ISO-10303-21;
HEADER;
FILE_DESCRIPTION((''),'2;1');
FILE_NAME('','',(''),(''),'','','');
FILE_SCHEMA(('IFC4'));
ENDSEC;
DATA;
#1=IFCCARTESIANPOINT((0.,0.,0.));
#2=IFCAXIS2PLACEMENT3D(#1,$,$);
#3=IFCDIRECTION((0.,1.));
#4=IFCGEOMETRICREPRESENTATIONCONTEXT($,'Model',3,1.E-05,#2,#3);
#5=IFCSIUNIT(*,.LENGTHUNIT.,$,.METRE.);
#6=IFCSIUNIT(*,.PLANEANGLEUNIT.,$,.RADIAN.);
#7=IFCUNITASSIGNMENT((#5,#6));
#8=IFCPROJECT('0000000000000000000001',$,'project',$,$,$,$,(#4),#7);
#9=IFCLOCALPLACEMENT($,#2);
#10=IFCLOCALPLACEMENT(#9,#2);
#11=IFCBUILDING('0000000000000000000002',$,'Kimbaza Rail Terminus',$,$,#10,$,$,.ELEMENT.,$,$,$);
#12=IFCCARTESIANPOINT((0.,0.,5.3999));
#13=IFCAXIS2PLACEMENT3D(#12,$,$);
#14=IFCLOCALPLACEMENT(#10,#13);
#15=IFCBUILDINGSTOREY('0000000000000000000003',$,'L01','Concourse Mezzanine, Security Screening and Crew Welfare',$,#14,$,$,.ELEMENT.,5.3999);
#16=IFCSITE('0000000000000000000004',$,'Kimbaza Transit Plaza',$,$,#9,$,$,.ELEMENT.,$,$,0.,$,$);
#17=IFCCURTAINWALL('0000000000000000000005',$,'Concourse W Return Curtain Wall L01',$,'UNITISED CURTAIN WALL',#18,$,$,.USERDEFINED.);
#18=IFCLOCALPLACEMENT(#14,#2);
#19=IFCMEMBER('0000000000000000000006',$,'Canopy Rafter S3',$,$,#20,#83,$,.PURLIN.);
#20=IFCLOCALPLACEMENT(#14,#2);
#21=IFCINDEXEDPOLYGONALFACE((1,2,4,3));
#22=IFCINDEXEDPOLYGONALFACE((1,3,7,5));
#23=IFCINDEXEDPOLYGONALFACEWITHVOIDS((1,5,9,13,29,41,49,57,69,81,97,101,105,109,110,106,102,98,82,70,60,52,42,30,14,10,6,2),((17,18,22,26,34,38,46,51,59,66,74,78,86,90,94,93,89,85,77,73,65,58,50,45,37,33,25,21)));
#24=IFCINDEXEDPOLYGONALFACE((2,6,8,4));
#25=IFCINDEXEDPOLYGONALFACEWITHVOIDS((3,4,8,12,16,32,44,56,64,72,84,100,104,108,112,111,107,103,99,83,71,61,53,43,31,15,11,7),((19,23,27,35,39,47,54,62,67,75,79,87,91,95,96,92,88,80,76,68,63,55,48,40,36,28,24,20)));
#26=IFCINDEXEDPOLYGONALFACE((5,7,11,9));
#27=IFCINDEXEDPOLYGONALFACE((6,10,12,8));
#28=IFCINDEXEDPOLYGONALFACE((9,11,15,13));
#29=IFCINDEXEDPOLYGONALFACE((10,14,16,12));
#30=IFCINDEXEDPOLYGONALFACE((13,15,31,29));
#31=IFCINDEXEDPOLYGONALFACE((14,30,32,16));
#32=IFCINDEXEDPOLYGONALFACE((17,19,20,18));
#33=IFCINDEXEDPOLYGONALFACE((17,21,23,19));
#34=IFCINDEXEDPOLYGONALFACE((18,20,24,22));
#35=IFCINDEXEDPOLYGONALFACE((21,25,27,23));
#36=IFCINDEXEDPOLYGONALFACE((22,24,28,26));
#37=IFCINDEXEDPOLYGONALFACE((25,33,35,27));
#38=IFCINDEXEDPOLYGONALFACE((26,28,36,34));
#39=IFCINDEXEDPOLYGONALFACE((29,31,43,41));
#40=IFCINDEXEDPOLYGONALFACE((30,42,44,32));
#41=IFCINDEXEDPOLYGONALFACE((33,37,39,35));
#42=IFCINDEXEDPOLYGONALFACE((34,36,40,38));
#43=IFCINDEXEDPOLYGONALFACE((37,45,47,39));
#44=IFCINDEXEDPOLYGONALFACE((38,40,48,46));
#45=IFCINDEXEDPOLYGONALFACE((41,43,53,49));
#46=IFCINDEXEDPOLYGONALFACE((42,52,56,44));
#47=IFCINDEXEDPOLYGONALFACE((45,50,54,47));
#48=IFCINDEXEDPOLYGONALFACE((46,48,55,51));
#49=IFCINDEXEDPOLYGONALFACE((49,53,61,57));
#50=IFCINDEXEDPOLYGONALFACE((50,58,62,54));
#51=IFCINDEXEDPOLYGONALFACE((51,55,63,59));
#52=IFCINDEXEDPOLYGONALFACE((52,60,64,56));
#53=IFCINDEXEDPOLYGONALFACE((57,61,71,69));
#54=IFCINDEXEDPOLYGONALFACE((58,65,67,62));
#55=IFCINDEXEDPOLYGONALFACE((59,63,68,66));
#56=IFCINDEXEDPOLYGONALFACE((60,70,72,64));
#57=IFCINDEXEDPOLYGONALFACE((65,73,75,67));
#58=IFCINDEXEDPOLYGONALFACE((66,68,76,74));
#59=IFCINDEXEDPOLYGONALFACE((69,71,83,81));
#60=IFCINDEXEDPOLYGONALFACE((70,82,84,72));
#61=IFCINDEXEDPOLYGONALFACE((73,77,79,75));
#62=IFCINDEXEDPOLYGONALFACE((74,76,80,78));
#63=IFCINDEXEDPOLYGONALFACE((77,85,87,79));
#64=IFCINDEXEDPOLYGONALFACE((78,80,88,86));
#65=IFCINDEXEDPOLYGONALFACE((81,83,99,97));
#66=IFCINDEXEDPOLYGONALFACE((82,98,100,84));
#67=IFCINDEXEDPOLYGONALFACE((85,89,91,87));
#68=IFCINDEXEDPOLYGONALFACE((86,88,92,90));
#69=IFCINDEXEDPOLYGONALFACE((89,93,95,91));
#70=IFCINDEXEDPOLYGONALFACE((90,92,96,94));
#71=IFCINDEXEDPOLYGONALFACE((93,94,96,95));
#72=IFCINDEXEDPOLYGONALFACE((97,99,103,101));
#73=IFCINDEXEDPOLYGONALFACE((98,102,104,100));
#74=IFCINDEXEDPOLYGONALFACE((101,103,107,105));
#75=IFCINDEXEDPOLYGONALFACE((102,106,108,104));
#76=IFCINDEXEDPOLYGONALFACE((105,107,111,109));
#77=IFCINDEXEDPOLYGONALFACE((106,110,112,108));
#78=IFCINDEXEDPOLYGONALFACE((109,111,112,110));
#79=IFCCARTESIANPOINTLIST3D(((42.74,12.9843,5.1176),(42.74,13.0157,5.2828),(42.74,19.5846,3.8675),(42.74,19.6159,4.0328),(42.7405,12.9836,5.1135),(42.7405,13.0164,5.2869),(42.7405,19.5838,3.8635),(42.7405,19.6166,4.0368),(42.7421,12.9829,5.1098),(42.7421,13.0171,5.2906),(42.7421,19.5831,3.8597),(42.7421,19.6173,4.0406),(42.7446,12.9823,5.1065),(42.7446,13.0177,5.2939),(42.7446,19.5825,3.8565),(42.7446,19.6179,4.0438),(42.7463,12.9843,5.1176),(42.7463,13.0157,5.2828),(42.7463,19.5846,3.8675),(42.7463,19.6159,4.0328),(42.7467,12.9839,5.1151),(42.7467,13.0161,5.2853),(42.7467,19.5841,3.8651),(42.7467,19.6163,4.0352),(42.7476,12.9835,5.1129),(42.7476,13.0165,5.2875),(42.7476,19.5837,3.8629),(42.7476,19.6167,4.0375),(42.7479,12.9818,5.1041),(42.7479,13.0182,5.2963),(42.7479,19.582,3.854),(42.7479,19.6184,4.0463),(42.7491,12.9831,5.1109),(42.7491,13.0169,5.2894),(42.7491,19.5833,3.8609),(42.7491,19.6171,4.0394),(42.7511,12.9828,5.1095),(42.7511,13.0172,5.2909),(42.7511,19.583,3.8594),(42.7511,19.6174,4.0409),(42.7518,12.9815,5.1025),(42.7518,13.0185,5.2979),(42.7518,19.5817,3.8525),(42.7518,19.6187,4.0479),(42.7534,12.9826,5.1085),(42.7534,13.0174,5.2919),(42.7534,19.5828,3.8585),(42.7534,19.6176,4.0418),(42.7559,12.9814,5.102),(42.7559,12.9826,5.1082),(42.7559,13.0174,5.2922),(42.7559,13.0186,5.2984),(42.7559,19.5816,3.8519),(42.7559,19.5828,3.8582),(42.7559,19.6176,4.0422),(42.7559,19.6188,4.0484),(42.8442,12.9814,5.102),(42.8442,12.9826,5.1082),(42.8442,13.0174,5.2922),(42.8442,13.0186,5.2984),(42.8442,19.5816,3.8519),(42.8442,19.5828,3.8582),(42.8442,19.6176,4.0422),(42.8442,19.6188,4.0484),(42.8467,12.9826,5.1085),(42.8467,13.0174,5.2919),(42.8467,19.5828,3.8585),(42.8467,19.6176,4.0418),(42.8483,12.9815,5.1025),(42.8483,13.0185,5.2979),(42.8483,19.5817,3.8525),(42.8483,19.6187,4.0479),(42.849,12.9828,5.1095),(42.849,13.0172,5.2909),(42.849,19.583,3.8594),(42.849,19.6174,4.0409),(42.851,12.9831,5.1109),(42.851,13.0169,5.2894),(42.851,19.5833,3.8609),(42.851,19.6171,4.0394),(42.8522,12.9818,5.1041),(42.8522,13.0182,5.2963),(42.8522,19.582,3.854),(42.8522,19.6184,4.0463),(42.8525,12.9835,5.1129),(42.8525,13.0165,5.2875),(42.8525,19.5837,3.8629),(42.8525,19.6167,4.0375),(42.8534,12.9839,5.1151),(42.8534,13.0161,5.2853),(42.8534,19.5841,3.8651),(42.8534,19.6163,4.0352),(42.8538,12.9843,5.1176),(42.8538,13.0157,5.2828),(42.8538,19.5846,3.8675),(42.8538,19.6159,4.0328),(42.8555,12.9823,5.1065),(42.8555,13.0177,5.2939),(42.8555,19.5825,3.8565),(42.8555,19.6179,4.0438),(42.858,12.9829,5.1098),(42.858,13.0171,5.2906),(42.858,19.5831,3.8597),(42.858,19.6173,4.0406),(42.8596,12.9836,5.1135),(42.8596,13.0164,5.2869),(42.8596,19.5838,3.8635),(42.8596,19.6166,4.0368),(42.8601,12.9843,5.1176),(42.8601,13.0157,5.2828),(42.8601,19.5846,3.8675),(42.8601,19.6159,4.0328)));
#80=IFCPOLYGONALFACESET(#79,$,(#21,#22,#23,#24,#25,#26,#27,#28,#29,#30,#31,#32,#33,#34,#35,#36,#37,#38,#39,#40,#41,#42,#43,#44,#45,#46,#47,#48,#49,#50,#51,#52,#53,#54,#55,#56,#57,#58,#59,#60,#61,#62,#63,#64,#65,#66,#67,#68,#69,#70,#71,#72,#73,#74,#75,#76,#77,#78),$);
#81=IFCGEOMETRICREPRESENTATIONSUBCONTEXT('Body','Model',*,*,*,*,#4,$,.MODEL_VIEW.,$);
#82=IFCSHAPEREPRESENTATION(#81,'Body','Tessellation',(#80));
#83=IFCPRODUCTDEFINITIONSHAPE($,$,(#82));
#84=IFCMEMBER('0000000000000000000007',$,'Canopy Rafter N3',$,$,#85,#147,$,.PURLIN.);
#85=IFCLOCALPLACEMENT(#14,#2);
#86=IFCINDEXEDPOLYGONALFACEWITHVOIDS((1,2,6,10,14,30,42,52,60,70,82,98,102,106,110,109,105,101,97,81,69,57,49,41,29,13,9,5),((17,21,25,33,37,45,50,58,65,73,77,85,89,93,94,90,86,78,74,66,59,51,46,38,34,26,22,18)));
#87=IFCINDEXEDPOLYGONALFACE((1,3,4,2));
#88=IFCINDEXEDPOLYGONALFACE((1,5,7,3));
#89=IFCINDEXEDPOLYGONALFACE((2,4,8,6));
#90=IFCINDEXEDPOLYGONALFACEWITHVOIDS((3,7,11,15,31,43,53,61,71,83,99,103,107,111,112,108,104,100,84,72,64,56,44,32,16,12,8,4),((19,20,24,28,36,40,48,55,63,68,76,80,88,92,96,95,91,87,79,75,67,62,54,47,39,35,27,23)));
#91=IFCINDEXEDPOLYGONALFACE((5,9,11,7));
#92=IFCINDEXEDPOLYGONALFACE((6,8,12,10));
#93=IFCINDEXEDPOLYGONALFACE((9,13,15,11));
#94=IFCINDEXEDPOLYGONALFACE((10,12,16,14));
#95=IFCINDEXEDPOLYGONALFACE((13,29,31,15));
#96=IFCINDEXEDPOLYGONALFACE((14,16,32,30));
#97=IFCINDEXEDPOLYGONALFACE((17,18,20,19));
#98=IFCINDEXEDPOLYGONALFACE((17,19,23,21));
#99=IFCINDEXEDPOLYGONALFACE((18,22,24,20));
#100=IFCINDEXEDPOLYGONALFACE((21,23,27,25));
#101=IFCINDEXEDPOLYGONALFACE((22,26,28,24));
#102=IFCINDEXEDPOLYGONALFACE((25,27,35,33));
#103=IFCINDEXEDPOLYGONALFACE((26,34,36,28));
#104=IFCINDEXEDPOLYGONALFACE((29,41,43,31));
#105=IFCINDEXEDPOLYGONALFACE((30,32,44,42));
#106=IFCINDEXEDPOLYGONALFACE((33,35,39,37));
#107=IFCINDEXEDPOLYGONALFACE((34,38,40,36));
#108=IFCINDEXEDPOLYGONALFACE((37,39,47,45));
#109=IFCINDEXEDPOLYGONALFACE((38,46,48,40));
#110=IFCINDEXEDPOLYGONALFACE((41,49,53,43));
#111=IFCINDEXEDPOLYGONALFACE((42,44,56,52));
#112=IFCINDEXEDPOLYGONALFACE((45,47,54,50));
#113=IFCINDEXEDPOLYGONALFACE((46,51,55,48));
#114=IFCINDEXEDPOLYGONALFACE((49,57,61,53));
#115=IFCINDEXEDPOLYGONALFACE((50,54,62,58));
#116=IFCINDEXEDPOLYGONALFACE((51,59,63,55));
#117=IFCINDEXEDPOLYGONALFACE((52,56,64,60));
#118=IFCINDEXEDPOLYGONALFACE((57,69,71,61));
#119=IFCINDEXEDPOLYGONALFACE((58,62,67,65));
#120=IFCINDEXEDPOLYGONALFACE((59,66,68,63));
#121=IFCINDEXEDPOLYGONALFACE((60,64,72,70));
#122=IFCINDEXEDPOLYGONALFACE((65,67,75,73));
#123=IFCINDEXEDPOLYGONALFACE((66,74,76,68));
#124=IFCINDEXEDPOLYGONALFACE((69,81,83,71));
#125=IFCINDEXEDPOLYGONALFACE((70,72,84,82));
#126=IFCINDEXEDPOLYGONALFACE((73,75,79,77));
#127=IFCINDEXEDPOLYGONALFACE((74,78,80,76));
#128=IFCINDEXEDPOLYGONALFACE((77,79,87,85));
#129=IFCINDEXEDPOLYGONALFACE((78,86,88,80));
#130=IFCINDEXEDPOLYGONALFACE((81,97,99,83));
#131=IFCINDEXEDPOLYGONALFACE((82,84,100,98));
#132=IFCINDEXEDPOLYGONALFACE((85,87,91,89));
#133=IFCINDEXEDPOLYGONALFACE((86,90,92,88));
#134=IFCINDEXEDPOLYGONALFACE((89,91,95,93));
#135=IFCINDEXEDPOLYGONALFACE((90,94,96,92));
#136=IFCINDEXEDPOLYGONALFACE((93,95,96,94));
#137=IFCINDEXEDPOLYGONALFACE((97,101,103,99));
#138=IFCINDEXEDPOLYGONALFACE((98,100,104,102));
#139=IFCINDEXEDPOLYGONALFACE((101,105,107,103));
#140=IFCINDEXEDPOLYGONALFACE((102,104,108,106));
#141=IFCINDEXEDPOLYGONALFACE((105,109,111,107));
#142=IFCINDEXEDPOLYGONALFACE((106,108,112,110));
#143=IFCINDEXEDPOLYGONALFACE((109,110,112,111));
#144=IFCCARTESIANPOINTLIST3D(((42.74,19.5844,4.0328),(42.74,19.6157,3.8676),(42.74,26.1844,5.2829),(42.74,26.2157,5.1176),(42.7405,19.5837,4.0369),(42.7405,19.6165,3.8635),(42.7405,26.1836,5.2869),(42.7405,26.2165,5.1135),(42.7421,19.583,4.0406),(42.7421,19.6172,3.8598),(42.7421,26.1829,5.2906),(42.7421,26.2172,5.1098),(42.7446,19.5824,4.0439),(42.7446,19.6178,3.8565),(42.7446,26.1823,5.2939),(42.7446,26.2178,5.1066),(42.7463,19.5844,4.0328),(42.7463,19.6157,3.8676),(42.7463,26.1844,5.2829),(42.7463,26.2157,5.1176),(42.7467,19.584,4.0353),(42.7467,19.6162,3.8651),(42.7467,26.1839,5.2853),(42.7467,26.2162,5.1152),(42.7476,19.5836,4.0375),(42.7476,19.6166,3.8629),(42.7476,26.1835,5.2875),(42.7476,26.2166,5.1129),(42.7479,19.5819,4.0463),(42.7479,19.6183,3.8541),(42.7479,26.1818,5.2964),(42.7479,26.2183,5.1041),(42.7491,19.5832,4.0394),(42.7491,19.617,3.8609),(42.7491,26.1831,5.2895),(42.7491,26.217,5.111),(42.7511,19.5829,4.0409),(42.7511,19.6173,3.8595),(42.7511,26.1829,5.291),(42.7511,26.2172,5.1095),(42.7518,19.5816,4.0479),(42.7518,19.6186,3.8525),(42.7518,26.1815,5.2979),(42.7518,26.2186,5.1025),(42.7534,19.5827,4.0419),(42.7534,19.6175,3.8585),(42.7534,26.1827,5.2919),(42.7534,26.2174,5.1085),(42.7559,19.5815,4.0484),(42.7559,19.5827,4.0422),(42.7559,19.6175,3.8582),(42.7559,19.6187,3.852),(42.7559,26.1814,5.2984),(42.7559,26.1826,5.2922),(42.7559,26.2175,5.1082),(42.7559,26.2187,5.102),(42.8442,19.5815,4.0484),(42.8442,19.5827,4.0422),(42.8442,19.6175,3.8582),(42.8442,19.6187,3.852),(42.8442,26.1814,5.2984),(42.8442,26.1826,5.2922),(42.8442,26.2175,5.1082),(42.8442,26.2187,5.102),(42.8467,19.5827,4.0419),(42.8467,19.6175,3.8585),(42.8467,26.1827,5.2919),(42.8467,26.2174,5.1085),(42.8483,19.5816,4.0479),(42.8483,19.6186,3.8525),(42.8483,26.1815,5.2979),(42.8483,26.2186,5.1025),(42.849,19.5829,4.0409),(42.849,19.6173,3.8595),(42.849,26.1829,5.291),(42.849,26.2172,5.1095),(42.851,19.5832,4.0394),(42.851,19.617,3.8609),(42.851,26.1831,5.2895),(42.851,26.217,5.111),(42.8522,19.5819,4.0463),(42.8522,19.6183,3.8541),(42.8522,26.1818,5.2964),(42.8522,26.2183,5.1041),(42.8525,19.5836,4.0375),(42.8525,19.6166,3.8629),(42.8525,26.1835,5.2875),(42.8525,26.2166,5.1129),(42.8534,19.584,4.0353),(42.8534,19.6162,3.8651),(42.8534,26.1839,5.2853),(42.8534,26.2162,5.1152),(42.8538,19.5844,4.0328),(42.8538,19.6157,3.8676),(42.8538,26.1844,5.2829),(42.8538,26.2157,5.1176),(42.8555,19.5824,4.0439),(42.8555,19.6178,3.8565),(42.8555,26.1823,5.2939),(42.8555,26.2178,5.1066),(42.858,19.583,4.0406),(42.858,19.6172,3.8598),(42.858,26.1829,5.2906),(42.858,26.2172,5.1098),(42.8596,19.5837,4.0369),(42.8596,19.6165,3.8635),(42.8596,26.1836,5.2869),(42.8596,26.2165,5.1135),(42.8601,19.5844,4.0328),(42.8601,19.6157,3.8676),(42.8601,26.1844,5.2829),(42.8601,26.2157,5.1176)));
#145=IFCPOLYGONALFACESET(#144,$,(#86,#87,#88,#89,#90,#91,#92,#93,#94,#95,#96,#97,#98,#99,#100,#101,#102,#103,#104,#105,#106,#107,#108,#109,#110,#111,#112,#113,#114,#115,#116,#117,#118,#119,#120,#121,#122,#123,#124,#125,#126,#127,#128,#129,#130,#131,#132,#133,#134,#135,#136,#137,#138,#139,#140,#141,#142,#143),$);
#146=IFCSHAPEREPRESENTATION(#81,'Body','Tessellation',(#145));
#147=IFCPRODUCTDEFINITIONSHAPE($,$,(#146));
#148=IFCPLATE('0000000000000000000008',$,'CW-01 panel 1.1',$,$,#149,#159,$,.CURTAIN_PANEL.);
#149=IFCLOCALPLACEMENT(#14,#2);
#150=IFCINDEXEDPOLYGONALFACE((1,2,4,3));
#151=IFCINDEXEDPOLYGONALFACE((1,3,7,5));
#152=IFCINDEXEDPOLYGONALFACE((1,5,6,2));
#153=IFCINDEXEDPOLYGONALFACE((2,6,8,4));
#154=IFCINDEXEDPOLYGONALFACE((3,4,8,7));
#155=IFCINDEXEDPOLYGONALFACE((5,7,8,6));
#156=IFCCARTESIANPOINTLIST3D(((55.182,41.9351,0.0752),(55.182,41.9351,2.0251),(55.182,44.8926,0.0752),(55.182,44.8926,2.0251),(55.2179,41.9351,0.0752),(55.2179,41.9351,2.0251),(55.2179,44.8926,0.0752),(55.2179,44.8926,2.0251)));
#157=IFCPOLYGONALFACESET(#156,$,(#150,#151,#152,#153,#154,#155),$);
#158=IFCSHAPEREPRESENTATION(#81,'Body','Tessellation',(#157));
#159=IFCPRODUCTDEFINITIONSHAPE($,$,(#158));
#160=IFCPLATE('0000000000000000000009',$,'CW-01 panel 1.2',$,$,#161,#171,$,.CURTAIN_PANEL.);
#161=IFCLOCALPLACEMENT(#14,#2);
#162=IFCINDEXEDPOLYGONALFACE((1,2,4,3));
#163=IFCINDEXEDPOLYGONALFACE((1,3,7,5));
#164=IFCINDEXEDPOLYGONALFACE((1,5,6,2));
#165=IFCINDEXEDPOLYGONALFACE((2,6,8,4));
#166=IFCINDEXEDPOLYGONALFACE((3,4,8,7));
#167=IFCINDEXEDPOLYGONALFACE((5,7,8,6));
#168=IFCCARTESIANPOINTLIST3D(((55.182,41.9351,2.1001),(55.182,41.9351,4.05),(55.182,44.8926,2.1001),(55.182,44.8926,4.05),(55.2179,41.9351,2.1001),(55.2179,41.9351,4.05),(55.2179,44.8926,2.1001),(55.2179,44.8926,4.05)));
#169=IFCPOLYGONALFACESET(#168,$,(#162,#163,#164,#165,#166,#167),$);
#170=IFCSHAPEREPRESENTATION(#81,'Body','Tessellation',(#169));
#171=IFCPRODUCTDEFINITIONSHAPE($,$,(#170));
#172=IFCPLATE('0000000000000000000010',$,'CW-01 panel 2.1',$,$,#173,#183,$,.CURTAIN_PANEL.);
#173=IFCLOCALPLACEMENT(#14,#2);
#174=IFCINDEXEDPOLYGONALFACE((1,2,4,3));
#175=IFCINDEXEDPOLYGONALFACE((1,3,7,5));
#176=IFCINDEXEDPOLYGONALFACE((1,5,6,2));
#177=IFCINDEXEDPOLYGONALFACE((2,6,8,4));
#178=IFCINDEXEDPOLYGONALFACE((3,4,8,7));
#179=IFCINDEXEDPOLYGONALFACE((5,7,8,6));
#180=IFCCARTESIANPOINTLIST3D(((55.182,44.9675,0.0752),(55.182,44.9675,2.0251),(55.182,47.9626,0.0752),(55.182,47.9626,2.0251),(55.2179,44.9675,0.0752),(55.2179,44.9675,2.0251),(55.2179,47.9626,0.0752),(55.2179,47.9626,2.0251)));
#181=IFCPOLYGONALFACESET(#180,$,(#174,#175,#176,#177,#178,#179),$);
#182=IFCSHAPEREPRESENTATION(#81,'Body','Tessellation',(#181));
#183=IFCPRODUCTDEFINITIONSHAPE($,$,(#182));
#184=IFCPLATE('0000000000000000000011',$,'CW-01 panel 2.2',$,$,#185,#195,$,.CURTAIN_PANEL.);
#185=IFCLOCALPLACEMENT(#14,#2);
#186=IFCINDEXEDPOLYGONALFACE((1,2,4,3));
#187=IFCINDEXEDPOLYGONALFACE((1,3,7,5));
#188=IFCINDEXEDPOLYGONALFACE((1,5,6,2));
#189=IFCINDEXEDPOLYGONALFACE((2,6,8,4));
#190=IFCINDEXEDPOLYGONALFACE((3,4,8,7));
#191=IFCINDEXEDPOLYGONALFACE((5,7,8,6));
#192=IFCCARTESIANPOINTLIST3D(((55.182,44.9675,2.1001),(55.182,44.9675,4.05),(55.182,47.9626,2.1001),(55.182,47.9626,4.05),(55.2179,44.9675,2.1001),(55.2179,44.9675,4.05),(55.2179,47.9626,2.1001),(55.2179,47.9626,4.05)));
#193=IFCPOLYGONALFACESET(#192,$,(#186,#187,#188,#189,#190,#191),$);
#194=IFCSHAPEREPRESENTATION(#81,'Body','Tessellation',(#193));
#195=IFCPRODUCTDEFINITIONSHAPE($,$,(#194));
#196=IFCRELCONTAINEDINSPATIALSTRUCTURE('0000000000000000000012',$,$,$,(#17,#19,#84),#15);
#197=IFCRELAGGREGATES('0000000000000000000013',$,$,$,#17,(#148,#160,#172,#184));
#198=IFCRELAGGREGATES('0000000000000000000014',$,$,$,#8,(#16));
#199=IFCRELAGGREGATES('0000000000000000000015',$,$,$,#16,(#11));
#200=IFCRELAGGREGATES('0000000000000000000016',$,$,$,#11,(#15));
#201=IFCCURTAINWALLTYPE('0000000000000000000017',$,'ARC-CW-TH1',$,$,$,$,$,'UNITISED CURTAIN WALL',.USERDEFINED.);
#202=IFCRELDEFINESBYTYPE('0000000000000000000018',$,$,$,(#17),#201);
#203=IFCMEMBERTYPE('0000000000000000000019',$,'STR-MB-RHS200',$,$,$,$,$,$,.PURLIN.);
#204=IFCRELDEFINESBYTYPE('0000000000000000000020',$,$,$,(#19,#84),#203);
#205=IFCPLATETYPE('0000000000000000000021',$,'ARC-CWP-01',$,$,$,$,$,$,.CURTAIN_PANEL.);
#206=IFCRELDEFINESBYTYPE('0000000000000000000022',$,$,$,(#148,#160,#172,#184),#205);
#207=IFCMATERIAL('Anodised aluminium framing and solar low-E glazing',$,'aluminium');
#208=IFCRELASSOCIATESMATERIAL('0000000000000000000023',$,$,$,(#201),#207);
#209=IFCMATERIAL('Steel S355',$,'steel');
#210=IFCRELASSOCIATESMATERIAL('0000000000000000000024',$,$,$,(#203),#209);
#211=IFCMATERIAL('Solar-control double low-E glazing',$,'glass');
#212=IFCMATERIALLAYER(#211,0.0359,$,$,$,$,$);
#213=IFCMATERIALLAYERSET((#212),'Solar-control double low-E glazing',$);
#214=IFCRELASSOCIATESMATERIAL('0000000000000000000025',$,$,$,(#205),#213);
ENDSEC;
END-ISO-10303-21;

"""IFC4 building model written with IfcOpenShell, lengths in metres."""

from ifc_helpers import new_model, si_unit, direction, frame, origin, origin_2d, place, context, subcontext, project, spatial, rectangle, hollow_rectangle, extrude, material, layer, layer_set, material_profile, profile_set, type_object, element, aggregate, save


model = new_model("IFC4")

# Units and contexts
model_context = context("Model", 3, precision=1e-05, world=origin(), true_north=direction((0.0, 1.0)))
body_context = subcontext(model_context, "Body", "Model", "MODEL_VIEW")
ifc_project = project(units=[si_unit("LENGTHUNIT", "METRE"), si_unit("PLANEANGLEUNIT", "RADIAN")], contexts=[model_context])

# Site, building, storey
site_placement = place(None, origin())
site = spatial("IfcSite", under=ifc_project, at=site_placement, Name="Kimbaza Transit Plaza", CompositionType="ELEMENT", RefElevation=0.0)
building_placement = place(site_placement, origin())
building = spatial("IfcBuilding", under=site, at=building_placement, Name="Kimbaza Rail Terminus", CompositionType="ELEMENT")
storey_placement = place(building_placement, frame((0.0, 0.0, 5.3999)))
storey = spatial("IfcBuildingStorey", under=building, at=storey_placement, Name="L01", Description="Concourse Mezzanine, Security Screening and Crew Welfare", CompositionType="ELEMENT", Elevation=5.3999)

# Curtain wall
ifc_material_1 = material(Name="Anodised aluminium framing and solar low-E glazing", Category="aluminium")
curtain_wall_type = type_object("IfcCurtainWallType", Name="ARC-CW-TH1", ElementType="UNITISED CURTAIN WALL", PredefinedType="USERDEFINED", material=ifc_material_1)
curtain_wall_placement = place(storey_placement, origin())
curtain_wall = element("IfcCurtainWall", 1, at=curtain_wall_placement, inside=storey, type_object=curtain_wall_type, Name="Concourse W Return Curtain Wall L01", ObjectType="UNITISED CURTAIN WALL", PredefinedType="USERDEFINED")

# Members
ifc_material_2 = material(Name="Steel S355", Category="steel")
ifc_material_profile_1 = material_profile(ifc_material_2, hollow_rectangle(XDim=0.1201, YDim=0.2, WallThickness=0.0063, InnerFilletRadius=0.0095, OuterFilletRadius=0.0159, at=origin_2d()), Name="RHS 200x120x6.3")
ifc_profile_set_1 = profile_set([ifc_material_profile_1], Name="Steel S355")
member_type_1 = type_object("IfcMemberType", Name="STR-MB-RHS200", PredefinedType="PURLIN", material=ifc_profile_set_1)
member_1_placement = place(storey_placement, frame((42.8, 13.0, 5.2002), z_axis=(0.0, 0.982534, -0.186083), x_axis=(-1.0, 0.0, 0.0)))
element("IfcMember", 2, at=member_1_placement, inside=storey, type_object=member_type_1, Name="Canopy Rafter S3", PredefinedType="PURLIN", context=body_context, shape_type="SweptSolid", body=[
    extrude(hollow_rectangle(XDim=0.1201, YDim=0.2, WallThickness=0.0063, InnerFilletRadius=0.0095, OuterFilletRadius=0.0159, at=origin_2d()), origin(), (0.0, 0.0, 1.0), 6.7175),
])
member_2_placement = place(storey_placement, frame((42.8, 19.6001, 3.9502), z_axis=(0.0, 0.982533, 0.18609), x_axis=(-1.0, 0.0, 0.0)))
element("IfcMember", 3, at=member_2_placement, inside=storey, type_object=member_type_1, Name="Canopy Rafter N3", PredefinedType="PURLIN", context=body_context, shape_type="SweptSolid", body=[
    extrude(hollow_rectangle(XDim=0.1201, YDim=0.2, WallThickness=0.0063, InnerFilletRadius=0.0095, OuterFilletRadius=0.0159, at=origin_2d()), origin(), (0.0, 0.0, 1.0), 6.7173),
])

# Plates
ifc_material_3 = material(Name="Solar-control double low-E glazing", Category="glass")
ifc_layer_1 = layer(ifc_material_3, 0.0359)
ifc_layer_set_1 = layer_set([ifc_layer_1], Name="Solar-control double low-E glazing")
plate_type = type_object("IfcPlateType", Name="ARC-CWP-01", PredefinedType="CURTAIN_PANEL", material=ifc_layer_set_1)
plate_1_placement = place(storey_placement, frame((55.2, 43.4138, 0.0752), z_axis=(0.0, 0.0, 1.0), x_axis=(0.0, 1.0, 0.0)))
plate_1 = element("IfcPlate", 4, at=plate_1_placement, type_object=plate_type, Name="CW-01 panel 1.1", PredefinedType="CURTAIN_PANEL", context=body_context, shape_type="SweptSolid", body=[
    extrude(rectangle(XDim=2.9575, YDim=0.0359, at=origin_2d()), origin(), (0.0, 0.0, 1.0), 1.95),
])
plate_2_placement = place(storey_placement, frame((55.2, 43.4138, 2.1001), z_axis=(0.0, 0.0, 1.0), x_axis=(0.0, 1.0, 0.0)))
plate_2 = element("IfcPlate", 5, at=plate_2_placement, type_object=plate_type, Name="CW-01 panel 1.2", PredefinedType="CURTAIN_PANEL", context=body_context, shape_type="SweptSolid", body=[
    extrude(rectangle(XDim=2.9575, YDim=0.0359, at=origin_2d()), origin(), (0.0, 0.0, 1.0), 1.95),
])
plate_3_placement = place(storey_placement, frame((55.2, 46.4651, 0.0752), z_axis=(0.0, 0.0, 1.0), x_axis=(0.0, 1.0, 0.0)))
plate_3 = element("IfcPlate", 6, at=plate_3_placement, type_object=plate_type, Name="CW-01 panel 2.1", PredefinedType="CURTAIN_PANEL", context=body_context, shape_type="SweptSolid", body=[
    extrude(rectangle(XDim=2.9951, YDim=0.0359, at=origin_2d()), origin(), (0.0, 0.0, 1.0), 1.95),
])
plate_4_placement = place(storey_placement, frame((55.2, 46.4651, 2.1001), z_axis=(0.0, 0.0, 1.0), x_axis=(0.0, 1.0, 0.0)))
plate_4 = element("IfcPlate", 7, at=plate_4_placement, type_object=plate_type, Name="CW-01 panel 2.2", PredefinedType="CURTAIN_PANEL", context=body_context, shape_type="SweptSolid", body=[
    extrude(rectangle(XDim=2.9951, YDim=0.0359, at=origin_2d()), origin(), (0.0, 0.0, 1.0), 1.95),
])
aggregate(curtain_wall, [plate_1, plate_2, plate_3, plate_4])

save(model, "model.ifc")
